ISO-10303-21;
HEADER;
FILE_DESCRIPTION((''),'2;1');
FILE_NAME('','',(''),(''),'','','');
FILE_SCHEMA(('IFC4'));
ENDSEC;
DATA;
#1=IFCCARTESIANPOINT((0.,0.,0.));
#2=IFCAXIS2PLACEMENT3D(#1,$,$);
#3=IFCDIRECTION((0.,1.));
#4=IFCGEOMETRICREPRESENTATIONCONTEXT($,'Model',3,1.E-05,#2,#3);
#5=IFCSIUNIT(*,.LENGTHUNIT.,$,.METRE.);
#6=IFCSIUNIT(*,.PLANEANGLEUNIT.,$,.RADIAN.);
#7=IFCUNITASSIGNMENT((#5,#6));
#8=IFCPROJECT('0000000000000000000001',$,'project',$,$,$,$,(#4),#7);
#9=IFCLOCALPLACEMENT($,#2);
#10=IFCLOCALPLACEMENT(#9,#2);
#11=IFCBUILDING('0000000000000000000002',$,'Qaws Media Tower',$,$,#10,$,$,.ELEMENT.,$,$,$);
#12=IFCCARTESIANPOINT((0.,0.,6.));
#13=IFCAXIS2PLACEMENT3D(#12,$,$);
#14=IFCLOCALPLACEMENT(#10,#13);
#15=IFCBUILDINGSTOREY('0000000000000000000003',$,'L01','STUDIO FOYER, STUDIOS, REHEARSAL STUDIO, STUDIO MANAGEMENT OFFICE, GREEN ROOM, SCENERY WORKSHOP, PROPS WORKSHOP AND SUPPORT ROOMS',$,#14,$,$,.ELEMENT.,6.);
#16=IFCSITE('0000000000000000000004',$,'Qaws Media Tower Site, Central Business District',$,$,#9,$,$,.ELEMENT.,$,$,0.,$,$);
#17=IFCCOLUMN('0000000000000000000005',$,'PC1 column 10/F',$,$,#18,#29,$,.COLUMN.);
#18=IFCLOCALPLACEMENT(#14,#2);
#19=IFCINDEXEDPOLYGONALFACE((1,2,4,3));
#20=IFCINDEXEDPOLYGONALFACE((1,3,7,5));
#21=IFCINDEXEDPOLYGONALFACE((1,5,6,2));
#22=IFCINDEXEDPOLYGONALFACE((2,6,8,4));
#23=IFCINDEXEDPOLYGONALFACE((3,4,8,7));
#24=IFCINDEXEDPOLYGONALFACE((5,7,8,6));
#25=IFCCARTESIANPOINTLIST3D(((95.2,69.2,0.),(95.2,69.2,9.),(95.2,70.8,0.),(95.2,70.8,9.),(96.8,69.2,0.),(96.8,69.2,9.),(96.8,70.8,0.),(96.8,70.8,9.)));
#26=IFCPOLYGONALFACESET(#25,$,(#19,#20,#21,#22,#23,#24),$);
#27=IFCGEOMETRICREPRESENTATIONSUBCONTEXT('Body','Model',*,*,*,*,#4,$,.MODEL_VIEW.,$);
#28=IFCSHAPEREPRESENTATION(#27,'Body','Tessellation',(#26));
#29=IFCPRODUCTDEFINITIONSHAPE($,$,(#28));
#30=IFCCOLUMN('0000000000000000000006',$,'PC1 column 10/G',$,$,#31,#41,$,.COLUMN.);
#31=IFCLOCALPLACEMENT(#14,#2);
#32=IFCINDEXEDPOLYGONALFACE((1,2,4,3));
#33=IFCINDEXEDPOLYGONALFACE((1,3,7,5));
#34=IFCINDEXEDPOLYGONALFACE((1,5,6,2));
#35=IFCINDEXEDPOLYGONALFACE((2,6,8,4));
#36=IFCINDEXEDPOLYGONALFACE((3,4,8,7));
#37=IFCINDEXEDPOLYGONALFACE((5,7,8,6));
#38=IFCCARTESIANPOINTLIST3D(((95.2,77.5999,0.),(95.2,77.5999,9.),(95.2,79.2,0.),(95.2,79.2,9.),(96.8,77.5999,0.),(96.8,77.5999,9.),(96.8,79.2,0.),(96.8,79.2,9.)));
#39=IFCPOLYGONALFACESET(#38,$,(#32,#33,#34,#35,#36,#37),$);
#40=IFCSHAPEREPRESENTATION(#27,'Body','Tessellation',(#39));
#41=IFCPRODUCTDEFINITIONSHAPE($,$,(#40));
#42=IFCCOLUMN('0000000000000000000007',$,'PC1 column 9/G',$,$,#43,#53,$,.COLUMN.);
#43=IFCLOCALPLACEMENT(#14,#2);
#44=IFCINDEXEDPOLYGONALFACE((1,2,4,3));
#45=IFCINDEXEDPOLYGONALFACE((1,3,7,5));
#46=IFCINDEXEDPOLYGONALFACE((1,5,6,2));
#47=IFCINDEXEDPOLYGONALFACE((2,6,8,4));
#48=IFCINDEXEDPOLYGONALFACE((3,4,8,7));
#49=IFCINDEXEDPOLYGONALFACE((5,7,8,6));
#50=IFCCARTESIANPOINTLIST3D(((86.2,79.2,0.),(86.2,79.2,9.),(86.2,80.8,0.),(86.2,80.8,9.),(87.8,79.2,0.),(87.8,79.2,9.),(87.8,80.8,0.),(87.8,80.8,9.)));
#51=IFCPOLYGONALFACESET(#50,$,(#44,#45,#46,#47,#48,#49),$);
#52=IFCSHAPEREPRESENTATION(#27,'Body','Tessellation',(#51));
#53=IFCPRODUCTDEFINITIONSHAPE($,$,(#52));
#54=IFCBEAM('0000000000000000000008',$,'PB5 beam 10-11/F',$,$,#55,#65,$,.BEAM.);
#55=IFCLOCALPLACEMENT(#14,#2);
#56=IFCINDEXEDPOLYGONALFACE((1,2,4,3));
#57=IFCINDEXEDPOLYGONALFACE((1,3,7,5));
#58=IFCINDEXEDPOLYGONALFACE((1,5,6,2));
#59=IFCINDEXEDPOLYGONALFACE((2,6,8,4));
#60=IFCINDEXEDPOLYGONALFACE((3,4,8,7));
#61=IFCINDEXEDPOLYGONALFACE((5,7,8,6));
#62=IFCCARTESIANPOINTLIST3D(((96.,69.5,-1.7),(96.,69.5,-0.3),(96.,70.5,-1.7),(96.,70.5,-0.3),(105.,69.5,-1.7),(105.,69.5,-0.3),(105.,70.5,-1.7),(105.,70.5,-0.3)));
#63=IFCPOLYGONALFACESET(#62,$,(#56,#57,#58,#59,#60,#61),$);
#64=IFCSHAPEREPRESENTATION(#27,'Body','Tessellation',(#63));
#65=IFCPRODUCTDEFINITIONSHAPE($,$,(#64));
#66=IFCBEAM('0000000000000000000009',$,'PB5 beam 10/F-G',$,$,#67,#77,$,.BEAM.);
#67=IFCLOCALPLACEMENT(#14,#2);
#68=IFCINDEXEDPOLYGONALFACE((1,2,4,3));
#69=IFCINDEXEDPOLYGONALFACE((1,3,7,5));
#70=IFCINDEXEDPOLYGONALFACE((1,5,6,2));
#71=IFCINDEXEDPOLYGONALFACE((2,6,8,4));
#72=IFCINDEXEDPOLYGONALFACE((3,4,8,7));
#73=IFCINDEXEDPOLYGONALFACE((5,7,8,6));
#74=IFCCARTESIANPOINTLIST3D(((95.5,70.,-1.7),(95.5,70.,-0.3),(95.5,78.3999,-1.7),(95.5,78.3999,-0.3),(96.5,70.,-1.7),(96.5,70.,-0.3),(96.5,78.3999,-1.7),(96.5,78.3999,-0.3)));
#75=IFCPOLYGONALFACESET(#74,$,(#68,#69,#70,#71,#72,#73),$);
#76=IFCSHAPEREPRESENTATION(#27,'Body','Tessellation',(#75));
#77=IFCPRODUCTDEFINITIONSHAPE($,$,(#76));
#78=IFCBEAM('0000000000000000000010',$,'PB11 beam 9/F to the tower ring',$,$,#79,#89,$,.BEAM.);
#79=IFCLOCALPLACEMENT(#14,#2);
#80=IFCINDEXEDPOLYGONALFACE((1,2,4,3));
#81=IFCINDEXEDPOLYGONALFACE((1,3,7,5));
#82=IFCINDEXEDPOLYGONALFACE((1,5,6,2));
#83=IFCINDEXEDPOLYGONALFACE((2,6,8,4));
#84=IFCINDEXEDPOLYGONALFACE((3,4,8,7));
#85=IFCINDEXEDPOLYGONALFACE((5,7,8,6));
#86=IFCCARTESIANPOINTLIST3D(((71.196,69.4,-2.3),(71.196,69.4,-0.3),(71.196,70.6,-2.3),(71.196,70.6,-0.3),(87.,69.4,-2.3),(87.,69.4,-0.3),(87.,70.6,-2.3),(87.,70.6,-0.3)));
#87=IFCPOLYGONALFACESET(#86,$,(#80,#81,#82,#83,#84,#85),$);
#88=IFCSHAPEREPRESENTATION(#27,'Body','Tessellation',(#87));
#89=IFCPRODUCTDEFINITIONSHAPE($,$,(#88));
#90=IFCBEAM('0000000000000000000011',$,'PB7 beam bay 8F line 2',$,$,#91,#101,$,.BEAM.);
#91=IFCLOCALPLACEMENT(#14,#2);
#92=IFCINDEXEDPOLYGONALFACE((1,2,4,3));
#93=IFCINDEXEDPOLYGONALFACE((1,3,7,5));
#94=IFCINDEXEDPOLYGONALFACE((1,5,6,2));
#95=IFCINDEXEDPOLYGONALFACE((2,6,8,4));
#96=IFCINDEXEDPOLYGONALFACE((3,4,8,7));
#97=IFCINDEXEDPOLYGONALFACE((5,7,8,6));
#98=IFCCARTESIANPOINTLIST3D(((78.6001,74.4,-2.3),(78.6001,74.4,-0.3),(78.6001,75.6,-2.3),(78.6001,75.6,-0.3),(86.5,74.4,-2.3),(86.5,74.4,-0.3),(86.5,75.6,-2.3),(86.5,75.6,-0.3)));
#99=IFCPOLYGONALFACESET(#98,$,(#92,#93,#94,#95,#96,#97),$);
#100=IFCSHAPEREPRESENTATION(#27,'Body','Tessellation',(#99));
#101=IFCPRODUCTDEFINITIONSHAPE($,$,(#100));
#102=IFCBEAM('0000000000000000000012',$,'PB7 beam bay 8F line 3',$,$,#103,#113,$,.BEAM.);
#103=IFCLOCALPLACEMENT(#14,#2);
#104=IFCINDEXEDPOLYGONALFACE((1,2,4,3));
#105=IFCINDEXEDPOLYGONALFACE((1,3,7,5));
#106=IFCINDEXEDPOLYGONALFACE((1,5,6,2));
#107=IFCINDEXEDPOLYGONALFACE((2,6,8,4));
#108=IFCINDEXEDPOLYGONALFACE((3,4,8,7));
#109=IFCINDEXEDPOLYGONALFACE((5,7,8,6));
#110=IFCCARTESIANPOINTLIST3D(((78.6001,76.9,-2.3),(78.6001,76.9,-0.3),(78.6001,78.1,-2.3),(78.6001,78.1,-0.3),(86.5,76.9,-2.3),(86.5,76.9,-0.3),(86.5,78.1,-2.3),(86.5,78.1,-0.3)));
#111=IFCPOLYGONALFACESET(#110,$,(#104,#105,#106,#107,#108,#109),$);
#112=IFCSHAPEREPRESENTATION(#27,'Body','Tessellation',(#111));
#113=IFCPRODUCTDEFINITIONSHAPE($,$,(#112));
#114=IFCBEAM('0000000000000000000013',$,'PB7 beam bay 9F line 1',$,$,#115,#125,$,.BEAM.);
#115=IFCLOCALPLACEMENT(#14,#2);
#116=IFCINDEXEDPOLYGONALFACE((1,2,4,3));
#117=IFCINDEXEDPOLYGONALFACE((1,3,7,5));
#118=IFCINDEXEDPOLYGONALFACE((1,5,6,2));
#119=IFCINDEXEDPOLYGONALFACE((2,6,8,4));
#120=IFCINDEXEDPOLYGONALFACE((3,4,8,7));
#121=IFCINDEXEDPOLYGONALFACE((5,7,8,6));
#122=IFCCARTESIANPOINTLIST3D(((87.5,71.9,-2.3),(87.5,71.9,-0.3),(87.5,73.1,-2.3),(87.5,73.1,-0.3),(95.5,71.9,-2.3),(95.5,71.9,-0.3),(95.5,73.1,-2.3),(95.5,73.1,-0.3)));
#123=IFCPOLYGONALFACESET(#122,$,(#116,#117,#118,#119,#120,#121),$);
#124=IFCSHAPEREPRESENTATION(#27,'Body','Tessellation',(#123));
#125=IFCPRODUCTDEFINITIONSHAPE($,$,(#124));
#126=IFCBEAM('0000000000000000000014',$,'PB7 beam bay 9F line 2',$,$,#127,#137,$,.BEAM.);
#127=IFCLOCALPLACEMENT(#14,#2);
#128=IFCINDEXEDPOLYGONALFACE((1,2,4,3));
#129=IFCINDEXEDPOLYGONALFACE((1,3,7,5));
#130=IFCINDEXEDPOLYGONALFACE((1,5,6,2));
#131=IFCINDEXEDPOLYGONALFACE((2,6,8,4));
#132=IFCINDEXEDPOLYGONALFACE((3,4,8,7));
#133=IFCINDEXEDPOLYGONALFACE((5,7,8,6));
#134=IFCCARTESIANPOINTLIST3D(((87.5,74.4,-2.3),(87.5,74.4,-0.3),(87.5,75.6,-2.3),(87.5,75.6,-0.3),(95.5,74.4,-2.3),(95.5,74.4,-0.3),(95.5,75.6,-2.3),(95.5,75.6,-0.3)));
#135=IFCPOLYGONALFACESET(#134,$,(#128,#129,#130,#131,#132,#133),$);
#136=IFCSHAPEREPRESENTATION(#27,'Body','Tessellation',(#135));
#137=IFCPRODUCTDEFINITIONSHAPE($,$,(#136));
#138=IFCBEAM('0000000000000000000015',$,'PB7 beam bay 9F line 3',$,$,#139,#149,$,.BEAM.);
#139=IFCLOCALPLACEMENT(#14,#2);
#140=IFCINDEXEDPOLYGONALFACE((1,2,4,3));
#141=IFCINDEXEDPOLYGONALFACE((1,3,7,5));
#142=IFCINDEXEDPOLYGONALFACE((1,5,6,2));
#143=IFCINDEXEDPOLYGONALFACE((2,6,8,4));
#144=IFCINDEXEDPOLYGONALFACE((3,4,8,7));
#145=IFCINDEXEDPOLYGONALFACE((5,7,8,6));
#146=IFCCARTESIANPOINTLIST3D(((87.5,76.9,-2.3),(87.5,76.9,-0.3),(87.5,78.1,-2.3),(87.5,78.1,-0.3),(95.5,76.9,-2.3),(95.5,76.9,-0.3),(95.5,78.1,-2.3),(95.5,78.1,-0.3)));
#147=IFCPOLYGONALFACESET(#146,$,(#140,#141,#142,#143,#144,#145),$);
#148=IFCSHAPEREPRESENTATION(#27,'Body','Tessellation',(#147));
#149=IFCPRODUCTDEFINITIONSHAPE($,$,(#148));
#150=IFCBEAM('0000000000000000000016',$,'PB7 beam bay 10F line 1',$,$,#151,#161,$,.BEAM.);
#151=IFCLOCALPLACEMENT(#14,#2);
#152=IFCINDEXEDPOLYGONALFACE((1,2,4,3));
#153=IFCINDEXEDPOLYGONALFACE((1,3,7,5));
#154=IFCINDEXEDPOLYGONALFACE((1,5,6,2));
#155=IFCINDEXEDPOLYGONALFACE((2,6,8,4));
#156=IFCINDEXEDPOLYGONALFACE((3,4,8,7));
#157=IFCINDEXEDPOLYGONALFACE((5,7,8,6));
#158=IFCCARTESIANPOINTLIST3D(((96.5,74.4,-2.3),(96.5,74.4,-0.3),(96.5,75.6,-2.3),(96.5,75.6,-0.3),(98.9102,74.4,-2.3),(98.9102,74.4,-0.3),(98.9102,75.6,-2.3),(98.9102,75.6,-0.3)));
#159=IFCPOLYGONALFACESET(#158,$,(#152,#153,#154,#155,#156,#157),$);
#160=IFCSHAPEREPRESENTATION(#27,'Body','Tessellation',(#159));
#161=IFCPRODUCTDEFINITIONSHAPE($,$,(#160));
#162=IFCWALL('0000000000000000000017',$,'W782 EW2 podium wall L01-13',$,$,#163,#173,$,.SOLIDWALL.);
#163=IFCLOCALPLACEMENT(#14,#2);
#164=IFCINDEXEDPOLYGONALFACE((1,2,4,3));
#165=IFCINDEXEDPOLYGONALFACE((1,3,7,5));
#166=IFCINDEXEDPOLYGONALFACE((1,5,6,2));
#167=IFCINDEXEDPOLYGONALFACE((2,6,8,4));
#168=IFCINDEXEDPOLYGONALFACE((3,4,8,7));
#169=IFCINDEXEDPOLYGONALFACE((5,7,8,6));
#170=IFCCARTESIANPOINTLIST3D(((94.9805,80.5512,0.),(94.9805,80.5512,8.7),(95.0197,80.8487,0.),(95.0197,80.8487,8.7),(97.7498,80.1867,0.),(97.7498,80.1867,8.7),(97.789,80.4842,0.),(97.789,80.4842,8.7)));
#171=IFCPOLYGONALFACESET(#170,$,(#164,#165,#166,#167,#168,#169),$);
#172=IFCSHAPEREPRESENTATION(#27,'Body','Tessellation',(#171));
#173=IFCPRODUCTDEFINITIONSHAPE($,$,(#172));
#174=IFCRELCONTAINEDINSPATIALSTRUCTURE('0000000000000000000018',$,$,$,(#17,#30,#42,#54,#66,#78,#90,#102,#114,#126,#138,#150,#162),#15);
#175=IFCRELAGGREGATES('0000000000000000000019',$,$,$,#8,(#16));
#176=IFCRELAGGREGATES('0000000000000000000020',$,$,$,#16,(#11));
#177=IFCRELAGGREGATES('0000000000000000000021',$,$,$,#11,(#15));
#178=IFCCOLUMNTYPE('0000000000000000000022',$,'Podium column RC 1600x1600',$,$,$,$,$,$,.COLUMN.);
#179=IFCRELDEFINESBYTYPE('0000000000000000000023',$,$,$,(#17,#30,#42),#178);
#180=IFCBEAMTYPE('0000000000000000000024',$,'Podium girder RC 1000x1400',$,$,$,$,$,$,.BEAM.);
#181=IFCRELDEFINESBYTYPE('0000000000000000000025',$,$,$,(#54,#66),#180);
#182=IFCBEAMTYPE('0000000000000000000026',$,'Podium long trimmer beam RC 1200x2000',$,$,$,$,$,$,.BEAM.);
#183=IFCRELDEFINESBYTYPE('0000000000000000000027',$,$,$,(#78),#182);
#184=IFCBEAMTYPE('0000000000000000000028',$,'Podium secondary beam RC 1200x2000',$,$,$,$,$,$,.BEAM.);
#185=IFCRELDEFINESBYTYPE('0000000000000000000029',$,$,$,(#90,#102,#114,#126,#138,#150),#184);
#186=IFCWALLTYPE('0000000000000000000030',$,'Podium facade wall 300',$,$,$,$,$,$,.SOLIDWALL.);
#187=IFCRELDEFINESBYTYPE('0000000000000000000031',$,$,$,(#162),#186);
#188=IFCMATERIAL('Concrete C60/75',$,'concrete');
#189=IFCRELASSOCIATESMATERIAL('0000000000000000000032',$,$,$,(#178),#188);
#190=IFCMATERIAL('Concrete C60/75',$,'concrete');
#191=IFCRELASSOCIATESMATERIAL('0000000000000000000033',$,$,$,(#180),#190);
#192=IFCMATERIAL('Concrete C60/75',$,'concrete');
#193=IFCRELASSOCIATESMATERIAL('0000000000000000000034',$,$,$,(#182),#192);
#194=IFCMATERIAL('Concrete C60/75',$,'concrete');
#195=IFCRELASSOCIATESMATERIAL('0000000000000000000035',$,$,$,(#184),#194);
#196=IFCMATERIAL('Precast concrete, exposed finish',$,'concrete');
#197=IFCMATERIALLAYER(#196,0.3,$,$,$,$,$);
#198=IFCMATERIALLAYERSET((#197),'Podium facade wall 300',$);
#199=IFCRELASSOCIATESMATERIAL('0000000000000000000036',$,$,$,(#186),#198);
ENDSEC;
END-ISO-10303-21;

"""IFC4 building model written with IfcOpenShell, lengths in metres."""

from ifc_helpers import new_model, si_unit, direction, frame, frame_2d, origin, origin_2d, place, context, subcontext, project, spatial, rectangle, extrude, material, layer, layer_set, material_profile, profile_set, type_object, element, save


model = new_model("IFC4")

# Units and contexts
model_context = context("Model", 3, precision=1e-05, world=origin(), true_north=direction((0.0, 1.0)))
body_context = subcontext(model_context, "Body", "Model", "MODEL_VIEW")
ifc_project = project(units=[si_unit("LENGTHUNIT", "METRE"), si_unit("PLANEANGLEUNIT", "RADIAN")], contexts=[model_context])

# Site, building, storey
site_placement = place(None, origin())
site = spatial("IfcSite", under=ifc_project, at=site_placement, Name="Qaws Media Tower Site, Central Business District", CompositionType="ELEMENT", RefElevation=0.0)
building_placement = place(site_placement, origin())
building = spatial("IfcBuilding", under=site, at=building_placement, Name="Qaws Media Tower", CompositionType="ELEMENT")
storey_placement = place(building_placement, frame((0.0, 0.0, 6.0)))
storey = spatial("IfcBuildingStorey", under=building, at=storey_placement, Name="L01", Description="STUDIO FOYER, STUDIOS, REHEARSAL STUDIO, STUDIO MANAGEMENT OFFICE, GREEN ROOM, SCENERY WORKSHOP, PROPS WORKSHOP AND SUPPORT ROOMS", CompositionType="ELEMENT", Elevation=6.0)

# Columns
ifc_material_1 = material(Name="Concrete C60/75", Category="concrete")
ifc_material_profile_1 = material_profile(ifc_material_1, rectangle(XDim=1.6001, YDim=1.6001, at=origin_2d()), Name="RC 1600x1600")
ifc_profile_set_1 = profile_set([ifc_material_profile_1], Name="Concrete C60/75")
column_type = type_object("IfcColumnType", Name="Podium column RC 1600x1600", PredefinedType="COLUMN", material=ifc_profile_set_1)
for number, where, z_axis, x_axis, name in (
    (1, (96.0, 70.0, 0.0), (0.0, 0.0, 1.0), (1.0, 0.0, 0.0), "PC1 column 10/F"),
    (2, (96.0, 78.3999, 0.0), (0.0, 0.0, 1.0), (1.0, 0.0, 0.0), "PC1 column 10/G"),
    (3, (87.0, 80.0, 0.0), (0.0, 0.0, 1.0), (1.0, 0.0, 0.0), "PC1 column 9/G"),
):
    element("IfcColumn", number, at=place(storey_placement, frame(where, z_axis=z_axis, x_axis=x_axis)), inside=storey, type_object=column_type, Name=name, PredefinedType="COLUMN", context=body_context, shape_type="SweptSolid", body=[
        extrude(rectangle(XDim=1.6001, YDim=1.6001, at=origin_2d()), origin(), (0.0, 0.0, 1.0), 9.0),
    ])

# Beams
ifc_material_2 = material(Name="Concrete C60/75", Category="concrete")
ifc_material_profile_2 = material_profile(ifc_material_2, rectangle(XDim=1.0, YDim=1.3999, at=origin_2d()), Name="RC 1000x1400")
ifc_profile_set_2 = profile_set([ifc_material_profile_2], Name="Concrete C60/75")
beam_type_1 = type_object("IfcBeamType", Name="Podium girder RC 1000x1400", PredefinedType="BEAM", material=ifc_profile_set_2)
beam_1_placement = place(storey_placement, frame((96.0, 70.0, -1.0), z_axis=(1.0, 0.0, 0.0), x_axis=(0.0, 1.0, 0.0)))
element("IfcBeam", 4, at=beam_1_placement, inside=storey, type_object=beam_type_1, Name="PB5 beam 10-11/F", PredefinedType="BEAM", context=body_context, shape_type="SweptSolid", body=[
    extrude(rectangle(XDim=1.0, YDim=1.3999, at=origin_2d()), origin(), (0.0, 0.0, 1.0), 9.0),
])
beam_2_placement = place(storey_placement, frame((96.0, 70.0, -1.0), z_axis=(0.0, 1.0, 0.0), x_axis=(-1.0, 0.0, 0.0)))
element("IfcBeam", 5, at=beam_2_placement, inside=storey, type_object=beam_type_1, Name="PB5 beam 10/F-G", PredefinedType="BEAM", context=body_context, shape_type="SweptSolid", body=[
    extrude(rectangle(XDim=1.0, YDim=1.3999, at=origin_2d()), origin(), (0.0, 0.0, 1.0), 8.3999),
])
ifc_material_3 = material(Name="Concrete C60/75", Category="concrete")
ifc_material_profile_3 = material_profile(ifc_material_3, rectangle(XDim=1.2, YDim=2.0, at=origin_2d()), Name="RC 1200x2000")
ifc_profile_set_3 = profile_set([ifc_material_profile_3], Name="Concrete C60/75")
beam_type_2 = type_object("IfcBeamType", Name="Podium long trimmer beam RC 1200x2000", PredefinedType="BEAM", material=ifc_profile_set_3)
beam_3_placement = place(storey_placement, frame((87.0, 70.0, -1.3), z_axis=(-1.0, 0.0, 0.0), x_axis=(0.0, -1.0, 0.0)))
element("IfcBeam", 6, at=beam_3_placement, inside=storey, type_object=beam_type_2, Name="PB11 beam 9/F to the tower ring", PredefinedType="BEAM", context=body_context, shape_type="SweptSolid", body=[
    extrude(rectangle(XDim=1.2, YDim=2.0, at=origin_2d()), origin(), (0.0, 0.0, 1.0), 15.804),
])
ifc_material_4 = material(Name="Concrete C60/75", Category="concrete")
ifc_material_profile_4 = material_profile(ifc_material_4, rectangle(XDim=1.2, YDim=2.0, at=origin_2d()), Name="RC 1200x2000")
ifc_profile_set_4 = profile_set([ifc_material_profile_4], Name="Concrete C60/75")
beam_type_3 = type_object("IfcBeamType", Name="Podium secondary beam RC 1200x2000", PredefinedType="BEAM", material=ifc_profile_set_4)
for number, where, z_axis, x_axis, name in (
    (7, (78.6001, 75.0, -1.3), (1.0, 0.0, 0.0), (0.0, 1.0, 0.0), "PB7 beam bay 8F line 2"),
    (8, (78.6001, 77.5, -1.3), (1.0, 0.0, 0.0), (0.0, 1.0, 0.0), "PB7 beam bay 8F line 3"),
):
    element("IfcBeam", number, at=place(storey_placement, frame(where, z_axis=z_axis, x_axis=x_axis)), inside=storey, type_object=beam_type_3, Name=name, PredefinedType="BEAM", context=body_context, shape_type="SweptSolid", body=[
        extrude(rectangle(XDim=1.2, YDim=2.0, at=origin_2d()), origin(), (0.0, 0.0, 1.0), 7.8999),
    ])
for number, where, z_axis, x_axis, name in (
    (9, (87.5, 72.5, -1.3), (1.0, 0.0, 0.0), (0.0, 1.0, 0.0), "PB7 beam bay 9F line 1"),
    (10, (87.5, 75.0, -1.3), (1.0, 0.0, 0.0), (0.0, 1.0, 0.0), "PB7 beam bay 9F line 2"),
    (11, (87.5, 77.5, -1.3), (1.0, 0.0, 0.0), (0.0, 1.0, 0.0), "PB7 beam bay 9F line 3"),
):
    element("IfcBeam", number, at=place(storey_placement, frame(where, z_axis=z_axis, x_axis=x_axis)), inside=storey, type_object=beam_type_3, Name=name, PredefinedType="BEAM", context=body_context, shape_type="SweptSolid", body=[
        extrude(rectangle(XDim=1.2, YDim=2.0, at=origin_2d()), origin(), (0.0, 0.0, 1.0), 8.0),
    ])
beam_4_placement = place(storey_placement, frame((96.5, 75.0, -1.3), z_axis=(1.0, 0.0, 0.0), x_axis=(0.0, 1.0, 0.0)))
element("IfcBeam", 12, at=beam_4_placement, inside=storey, type_object=beam_type_3, Name="PB7 beam bay 10F line 1", PredefinedType="BEAM", context=body_context, shape_type="SweptSolid", body=[
    extrude(rectangle(XDim=1.2, YDim=2.0, at=origin_2d()), origin(), (0.0, 0.0, 1.0), 2.4102),
])

# Wall
ifc_material_5 = material(Name="Precast concrete, exposed finish", Category="concrete")
ifc_layer_1 = layer(ifc_material_5, 0.3)
ifc_layer_set_1 = layer_set([ifc_layer_1], Name="Podium facade wall 300")
wall_type_1 = type_object("IfcWallType", Name="Podium facade wall 300", PredefinedType="SOLIDWALL", material=ifc_layer_set_1)
wall_1_placement = place(storey_placement, frame((97.7693, 80.3354, 0.0), z_axis=(0.0, 0.0, 1.0), x_axis=(-0.991449, 0.130497, 0.0)))
element("IfcWall", 13, at=wall_1_placement, inside=storey, type_object=wall_type_1, Name="W782 EW2 podium wall L01-13", PredefinedType="SOLIDWALL", context=body_context, shape_type="SweptSolid", body=[
    extrude(rectangle(XDim=2.7932, YDim=0.3, at=frame_2d((1.3965, 0.0))), origin(), (0.0, 0.0, 1.0), 8.7),
])

save(model, "model.ifc")
